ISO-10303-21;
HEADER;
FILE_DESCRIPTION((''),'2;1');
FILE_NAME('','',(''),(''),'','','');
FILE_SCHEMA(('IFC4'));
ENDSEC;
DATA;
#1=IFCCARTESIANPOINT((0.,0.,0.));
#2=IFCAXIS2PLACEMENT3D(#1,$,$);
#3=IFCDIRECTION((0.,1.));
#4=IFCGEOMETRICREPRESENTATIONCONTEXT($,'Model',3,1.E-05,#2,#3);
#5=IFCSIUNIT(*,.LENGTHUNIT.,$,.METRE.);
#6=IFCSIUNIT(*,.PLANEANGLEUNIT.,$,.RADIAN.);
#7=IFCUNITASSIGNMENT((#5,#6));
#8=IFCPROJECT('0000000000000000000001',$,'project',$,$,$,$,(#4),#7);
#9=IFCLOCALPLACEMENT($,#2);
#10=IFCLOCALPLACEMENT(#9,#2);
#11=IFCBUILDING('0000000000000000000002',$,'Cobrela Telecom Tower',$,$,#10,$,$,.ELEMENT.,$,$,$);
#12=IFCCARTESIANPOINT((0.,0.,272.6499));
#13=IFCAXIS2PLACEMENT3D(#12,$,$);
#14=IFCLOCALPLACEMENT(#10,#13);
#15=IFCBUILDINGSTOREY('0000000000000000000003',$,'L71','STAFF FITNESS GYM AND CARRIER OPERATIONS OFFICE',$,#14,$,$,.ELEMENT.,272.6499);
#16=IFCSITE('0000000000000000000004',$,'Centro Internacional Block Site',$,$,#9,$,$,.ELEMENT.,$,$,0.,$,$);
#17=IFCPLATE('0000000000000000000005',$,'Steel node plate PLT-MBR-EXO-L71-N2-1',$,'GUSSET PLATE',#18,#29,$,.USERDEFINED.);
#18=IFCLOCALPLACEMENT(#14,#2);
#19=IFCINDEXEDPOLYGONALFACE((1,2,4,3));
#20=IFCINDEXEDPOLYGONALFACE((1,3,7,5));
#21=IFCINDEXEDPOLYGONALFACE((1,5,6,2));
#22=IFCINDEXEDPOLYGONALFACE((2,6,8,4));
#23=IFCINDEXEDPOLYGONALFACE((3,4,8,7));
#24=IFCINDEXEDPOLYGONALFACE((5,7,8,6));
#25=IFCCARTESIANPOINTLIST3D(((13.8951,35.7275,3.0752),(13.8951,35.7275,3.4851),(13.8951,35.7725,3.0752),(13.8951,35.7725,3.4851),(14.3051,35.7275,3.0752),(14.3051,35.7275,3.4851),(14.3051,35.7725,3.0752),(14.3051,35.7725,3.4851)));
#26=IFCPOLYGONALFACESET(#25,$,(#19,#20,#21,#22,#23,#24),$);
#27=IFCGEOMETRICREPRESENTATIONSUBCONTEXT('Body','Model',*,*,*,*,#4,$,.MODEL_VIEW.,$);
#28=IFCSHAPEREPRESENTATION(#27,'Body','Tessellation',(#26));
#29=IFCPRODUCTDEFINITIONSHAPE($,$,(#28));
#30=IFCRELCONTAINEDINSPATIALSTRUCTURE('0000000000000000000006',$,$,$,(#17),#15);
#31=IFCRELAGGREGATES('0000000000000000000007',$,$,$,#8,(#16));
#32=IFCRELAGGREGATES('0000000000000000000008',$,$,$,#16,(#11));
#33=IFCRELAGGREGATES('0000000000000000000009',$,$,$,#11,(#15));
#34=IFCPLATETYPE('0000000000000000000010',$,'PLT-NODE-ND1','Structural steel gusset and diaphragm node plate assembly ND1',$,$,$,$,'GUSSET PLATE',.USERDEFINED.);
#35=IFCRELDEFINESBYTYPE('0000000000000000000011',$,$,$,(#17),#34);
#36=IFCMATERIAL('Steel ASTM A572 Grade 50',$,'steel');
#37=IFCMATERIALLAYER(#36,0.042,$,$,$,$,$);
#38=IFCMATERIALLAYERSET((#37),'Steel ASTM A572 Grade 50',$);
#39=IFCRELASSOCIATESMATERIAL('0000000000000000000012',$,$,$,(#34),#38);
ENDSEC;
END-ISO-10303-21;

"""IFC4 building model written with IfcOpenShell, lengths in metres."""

from ifc_helpers import new_model, si_unit, direction, frame, origin, origin_2d, place, context, subcontext, project, spatial, rectangle, extrude, material, layer, layer_set, type_object, element, save


model = new_model("IFC4")

# Units and contexts
model_context = context("Model", 3, precision=1e-05, world=origin(), true_north=direction((0.0, 1.0)))
body_context = subcontext(model_context, "Body", "Model", "MODEL_VIEW")
ifc_project = project(units=[si_unit("LENGTHUNIT", "METRE"), si_unit("PLANEANGLEUNIT", "RADIAN")], contexts=[model_context])

# Site, building, storey
site_placement = place(None, origin())
site = spatial("IfcSite", under=ifc_project, at=site_placement, Name="Centro Internacional Block Site", CompositionType="ELEMENT", RefElevation=0.0)
building_placement = place(site_placement, origin())
building = spatial("IfcBuilding", under=site, at=building_placement, Name="Cobrela Telecom Tower", CompositionType="ELEMENT")
storey_placement = place(building_placement, frame((0.0, 0.0, 272.6499)))
storey = spatial("IfcBuildingStorey", under=building, at=storey_placement, Name="L71", Description="STAFF FITNESS GYM AND CARRIER OPERATIONS OFFICE", CompositionType="ELEMENT", Elevation=272.6499)

# Shared definitions
ifc_material_1 = material(Name="Steel ASTM A572 Grade 50", Category="steel")

# Plate
ifc_layer_1 = layer(ifc_material_1, 0.042)
ifc_layer_set_1 = layer_set([ifc_layer_1], Name="Steel ASTM A572 Grade 50")
plate_type_1 = type_object("IfcPlateType", Name="PLT-NODE-ND1", Description="Structural steel gusset and diaphragm node plate assembly ND1", ElementType="GUSSET PLATE", PredefinedType="USERDEFINED", material=ifc_layer_set_1)
plate_1_placement = place(storey_placement, frame((14.1001, 35.75, 3.0752), z_axis=(0.0, 0.0, 1.0), x_axis=(1.0, 0.0, 0.0)))
element("IfcPlate", 1, at=plate_1_placement, inside=storey, type_object=plate_type_1, Name="Steel node plate PLT-MBR-EXO-L71-N2-1", ObjectType="GUSSET PLATE", PredefinedType="USERDEFINED", context=body_context, shape_type="SweptSolid", body=[
    extrude(rectangle(XDim=0.4099, YDim=0.0449, at=origin_2d()), origin(), (0.0, 0.0, 1.0), 0.4099),
])

save(model, "model.ifc")
